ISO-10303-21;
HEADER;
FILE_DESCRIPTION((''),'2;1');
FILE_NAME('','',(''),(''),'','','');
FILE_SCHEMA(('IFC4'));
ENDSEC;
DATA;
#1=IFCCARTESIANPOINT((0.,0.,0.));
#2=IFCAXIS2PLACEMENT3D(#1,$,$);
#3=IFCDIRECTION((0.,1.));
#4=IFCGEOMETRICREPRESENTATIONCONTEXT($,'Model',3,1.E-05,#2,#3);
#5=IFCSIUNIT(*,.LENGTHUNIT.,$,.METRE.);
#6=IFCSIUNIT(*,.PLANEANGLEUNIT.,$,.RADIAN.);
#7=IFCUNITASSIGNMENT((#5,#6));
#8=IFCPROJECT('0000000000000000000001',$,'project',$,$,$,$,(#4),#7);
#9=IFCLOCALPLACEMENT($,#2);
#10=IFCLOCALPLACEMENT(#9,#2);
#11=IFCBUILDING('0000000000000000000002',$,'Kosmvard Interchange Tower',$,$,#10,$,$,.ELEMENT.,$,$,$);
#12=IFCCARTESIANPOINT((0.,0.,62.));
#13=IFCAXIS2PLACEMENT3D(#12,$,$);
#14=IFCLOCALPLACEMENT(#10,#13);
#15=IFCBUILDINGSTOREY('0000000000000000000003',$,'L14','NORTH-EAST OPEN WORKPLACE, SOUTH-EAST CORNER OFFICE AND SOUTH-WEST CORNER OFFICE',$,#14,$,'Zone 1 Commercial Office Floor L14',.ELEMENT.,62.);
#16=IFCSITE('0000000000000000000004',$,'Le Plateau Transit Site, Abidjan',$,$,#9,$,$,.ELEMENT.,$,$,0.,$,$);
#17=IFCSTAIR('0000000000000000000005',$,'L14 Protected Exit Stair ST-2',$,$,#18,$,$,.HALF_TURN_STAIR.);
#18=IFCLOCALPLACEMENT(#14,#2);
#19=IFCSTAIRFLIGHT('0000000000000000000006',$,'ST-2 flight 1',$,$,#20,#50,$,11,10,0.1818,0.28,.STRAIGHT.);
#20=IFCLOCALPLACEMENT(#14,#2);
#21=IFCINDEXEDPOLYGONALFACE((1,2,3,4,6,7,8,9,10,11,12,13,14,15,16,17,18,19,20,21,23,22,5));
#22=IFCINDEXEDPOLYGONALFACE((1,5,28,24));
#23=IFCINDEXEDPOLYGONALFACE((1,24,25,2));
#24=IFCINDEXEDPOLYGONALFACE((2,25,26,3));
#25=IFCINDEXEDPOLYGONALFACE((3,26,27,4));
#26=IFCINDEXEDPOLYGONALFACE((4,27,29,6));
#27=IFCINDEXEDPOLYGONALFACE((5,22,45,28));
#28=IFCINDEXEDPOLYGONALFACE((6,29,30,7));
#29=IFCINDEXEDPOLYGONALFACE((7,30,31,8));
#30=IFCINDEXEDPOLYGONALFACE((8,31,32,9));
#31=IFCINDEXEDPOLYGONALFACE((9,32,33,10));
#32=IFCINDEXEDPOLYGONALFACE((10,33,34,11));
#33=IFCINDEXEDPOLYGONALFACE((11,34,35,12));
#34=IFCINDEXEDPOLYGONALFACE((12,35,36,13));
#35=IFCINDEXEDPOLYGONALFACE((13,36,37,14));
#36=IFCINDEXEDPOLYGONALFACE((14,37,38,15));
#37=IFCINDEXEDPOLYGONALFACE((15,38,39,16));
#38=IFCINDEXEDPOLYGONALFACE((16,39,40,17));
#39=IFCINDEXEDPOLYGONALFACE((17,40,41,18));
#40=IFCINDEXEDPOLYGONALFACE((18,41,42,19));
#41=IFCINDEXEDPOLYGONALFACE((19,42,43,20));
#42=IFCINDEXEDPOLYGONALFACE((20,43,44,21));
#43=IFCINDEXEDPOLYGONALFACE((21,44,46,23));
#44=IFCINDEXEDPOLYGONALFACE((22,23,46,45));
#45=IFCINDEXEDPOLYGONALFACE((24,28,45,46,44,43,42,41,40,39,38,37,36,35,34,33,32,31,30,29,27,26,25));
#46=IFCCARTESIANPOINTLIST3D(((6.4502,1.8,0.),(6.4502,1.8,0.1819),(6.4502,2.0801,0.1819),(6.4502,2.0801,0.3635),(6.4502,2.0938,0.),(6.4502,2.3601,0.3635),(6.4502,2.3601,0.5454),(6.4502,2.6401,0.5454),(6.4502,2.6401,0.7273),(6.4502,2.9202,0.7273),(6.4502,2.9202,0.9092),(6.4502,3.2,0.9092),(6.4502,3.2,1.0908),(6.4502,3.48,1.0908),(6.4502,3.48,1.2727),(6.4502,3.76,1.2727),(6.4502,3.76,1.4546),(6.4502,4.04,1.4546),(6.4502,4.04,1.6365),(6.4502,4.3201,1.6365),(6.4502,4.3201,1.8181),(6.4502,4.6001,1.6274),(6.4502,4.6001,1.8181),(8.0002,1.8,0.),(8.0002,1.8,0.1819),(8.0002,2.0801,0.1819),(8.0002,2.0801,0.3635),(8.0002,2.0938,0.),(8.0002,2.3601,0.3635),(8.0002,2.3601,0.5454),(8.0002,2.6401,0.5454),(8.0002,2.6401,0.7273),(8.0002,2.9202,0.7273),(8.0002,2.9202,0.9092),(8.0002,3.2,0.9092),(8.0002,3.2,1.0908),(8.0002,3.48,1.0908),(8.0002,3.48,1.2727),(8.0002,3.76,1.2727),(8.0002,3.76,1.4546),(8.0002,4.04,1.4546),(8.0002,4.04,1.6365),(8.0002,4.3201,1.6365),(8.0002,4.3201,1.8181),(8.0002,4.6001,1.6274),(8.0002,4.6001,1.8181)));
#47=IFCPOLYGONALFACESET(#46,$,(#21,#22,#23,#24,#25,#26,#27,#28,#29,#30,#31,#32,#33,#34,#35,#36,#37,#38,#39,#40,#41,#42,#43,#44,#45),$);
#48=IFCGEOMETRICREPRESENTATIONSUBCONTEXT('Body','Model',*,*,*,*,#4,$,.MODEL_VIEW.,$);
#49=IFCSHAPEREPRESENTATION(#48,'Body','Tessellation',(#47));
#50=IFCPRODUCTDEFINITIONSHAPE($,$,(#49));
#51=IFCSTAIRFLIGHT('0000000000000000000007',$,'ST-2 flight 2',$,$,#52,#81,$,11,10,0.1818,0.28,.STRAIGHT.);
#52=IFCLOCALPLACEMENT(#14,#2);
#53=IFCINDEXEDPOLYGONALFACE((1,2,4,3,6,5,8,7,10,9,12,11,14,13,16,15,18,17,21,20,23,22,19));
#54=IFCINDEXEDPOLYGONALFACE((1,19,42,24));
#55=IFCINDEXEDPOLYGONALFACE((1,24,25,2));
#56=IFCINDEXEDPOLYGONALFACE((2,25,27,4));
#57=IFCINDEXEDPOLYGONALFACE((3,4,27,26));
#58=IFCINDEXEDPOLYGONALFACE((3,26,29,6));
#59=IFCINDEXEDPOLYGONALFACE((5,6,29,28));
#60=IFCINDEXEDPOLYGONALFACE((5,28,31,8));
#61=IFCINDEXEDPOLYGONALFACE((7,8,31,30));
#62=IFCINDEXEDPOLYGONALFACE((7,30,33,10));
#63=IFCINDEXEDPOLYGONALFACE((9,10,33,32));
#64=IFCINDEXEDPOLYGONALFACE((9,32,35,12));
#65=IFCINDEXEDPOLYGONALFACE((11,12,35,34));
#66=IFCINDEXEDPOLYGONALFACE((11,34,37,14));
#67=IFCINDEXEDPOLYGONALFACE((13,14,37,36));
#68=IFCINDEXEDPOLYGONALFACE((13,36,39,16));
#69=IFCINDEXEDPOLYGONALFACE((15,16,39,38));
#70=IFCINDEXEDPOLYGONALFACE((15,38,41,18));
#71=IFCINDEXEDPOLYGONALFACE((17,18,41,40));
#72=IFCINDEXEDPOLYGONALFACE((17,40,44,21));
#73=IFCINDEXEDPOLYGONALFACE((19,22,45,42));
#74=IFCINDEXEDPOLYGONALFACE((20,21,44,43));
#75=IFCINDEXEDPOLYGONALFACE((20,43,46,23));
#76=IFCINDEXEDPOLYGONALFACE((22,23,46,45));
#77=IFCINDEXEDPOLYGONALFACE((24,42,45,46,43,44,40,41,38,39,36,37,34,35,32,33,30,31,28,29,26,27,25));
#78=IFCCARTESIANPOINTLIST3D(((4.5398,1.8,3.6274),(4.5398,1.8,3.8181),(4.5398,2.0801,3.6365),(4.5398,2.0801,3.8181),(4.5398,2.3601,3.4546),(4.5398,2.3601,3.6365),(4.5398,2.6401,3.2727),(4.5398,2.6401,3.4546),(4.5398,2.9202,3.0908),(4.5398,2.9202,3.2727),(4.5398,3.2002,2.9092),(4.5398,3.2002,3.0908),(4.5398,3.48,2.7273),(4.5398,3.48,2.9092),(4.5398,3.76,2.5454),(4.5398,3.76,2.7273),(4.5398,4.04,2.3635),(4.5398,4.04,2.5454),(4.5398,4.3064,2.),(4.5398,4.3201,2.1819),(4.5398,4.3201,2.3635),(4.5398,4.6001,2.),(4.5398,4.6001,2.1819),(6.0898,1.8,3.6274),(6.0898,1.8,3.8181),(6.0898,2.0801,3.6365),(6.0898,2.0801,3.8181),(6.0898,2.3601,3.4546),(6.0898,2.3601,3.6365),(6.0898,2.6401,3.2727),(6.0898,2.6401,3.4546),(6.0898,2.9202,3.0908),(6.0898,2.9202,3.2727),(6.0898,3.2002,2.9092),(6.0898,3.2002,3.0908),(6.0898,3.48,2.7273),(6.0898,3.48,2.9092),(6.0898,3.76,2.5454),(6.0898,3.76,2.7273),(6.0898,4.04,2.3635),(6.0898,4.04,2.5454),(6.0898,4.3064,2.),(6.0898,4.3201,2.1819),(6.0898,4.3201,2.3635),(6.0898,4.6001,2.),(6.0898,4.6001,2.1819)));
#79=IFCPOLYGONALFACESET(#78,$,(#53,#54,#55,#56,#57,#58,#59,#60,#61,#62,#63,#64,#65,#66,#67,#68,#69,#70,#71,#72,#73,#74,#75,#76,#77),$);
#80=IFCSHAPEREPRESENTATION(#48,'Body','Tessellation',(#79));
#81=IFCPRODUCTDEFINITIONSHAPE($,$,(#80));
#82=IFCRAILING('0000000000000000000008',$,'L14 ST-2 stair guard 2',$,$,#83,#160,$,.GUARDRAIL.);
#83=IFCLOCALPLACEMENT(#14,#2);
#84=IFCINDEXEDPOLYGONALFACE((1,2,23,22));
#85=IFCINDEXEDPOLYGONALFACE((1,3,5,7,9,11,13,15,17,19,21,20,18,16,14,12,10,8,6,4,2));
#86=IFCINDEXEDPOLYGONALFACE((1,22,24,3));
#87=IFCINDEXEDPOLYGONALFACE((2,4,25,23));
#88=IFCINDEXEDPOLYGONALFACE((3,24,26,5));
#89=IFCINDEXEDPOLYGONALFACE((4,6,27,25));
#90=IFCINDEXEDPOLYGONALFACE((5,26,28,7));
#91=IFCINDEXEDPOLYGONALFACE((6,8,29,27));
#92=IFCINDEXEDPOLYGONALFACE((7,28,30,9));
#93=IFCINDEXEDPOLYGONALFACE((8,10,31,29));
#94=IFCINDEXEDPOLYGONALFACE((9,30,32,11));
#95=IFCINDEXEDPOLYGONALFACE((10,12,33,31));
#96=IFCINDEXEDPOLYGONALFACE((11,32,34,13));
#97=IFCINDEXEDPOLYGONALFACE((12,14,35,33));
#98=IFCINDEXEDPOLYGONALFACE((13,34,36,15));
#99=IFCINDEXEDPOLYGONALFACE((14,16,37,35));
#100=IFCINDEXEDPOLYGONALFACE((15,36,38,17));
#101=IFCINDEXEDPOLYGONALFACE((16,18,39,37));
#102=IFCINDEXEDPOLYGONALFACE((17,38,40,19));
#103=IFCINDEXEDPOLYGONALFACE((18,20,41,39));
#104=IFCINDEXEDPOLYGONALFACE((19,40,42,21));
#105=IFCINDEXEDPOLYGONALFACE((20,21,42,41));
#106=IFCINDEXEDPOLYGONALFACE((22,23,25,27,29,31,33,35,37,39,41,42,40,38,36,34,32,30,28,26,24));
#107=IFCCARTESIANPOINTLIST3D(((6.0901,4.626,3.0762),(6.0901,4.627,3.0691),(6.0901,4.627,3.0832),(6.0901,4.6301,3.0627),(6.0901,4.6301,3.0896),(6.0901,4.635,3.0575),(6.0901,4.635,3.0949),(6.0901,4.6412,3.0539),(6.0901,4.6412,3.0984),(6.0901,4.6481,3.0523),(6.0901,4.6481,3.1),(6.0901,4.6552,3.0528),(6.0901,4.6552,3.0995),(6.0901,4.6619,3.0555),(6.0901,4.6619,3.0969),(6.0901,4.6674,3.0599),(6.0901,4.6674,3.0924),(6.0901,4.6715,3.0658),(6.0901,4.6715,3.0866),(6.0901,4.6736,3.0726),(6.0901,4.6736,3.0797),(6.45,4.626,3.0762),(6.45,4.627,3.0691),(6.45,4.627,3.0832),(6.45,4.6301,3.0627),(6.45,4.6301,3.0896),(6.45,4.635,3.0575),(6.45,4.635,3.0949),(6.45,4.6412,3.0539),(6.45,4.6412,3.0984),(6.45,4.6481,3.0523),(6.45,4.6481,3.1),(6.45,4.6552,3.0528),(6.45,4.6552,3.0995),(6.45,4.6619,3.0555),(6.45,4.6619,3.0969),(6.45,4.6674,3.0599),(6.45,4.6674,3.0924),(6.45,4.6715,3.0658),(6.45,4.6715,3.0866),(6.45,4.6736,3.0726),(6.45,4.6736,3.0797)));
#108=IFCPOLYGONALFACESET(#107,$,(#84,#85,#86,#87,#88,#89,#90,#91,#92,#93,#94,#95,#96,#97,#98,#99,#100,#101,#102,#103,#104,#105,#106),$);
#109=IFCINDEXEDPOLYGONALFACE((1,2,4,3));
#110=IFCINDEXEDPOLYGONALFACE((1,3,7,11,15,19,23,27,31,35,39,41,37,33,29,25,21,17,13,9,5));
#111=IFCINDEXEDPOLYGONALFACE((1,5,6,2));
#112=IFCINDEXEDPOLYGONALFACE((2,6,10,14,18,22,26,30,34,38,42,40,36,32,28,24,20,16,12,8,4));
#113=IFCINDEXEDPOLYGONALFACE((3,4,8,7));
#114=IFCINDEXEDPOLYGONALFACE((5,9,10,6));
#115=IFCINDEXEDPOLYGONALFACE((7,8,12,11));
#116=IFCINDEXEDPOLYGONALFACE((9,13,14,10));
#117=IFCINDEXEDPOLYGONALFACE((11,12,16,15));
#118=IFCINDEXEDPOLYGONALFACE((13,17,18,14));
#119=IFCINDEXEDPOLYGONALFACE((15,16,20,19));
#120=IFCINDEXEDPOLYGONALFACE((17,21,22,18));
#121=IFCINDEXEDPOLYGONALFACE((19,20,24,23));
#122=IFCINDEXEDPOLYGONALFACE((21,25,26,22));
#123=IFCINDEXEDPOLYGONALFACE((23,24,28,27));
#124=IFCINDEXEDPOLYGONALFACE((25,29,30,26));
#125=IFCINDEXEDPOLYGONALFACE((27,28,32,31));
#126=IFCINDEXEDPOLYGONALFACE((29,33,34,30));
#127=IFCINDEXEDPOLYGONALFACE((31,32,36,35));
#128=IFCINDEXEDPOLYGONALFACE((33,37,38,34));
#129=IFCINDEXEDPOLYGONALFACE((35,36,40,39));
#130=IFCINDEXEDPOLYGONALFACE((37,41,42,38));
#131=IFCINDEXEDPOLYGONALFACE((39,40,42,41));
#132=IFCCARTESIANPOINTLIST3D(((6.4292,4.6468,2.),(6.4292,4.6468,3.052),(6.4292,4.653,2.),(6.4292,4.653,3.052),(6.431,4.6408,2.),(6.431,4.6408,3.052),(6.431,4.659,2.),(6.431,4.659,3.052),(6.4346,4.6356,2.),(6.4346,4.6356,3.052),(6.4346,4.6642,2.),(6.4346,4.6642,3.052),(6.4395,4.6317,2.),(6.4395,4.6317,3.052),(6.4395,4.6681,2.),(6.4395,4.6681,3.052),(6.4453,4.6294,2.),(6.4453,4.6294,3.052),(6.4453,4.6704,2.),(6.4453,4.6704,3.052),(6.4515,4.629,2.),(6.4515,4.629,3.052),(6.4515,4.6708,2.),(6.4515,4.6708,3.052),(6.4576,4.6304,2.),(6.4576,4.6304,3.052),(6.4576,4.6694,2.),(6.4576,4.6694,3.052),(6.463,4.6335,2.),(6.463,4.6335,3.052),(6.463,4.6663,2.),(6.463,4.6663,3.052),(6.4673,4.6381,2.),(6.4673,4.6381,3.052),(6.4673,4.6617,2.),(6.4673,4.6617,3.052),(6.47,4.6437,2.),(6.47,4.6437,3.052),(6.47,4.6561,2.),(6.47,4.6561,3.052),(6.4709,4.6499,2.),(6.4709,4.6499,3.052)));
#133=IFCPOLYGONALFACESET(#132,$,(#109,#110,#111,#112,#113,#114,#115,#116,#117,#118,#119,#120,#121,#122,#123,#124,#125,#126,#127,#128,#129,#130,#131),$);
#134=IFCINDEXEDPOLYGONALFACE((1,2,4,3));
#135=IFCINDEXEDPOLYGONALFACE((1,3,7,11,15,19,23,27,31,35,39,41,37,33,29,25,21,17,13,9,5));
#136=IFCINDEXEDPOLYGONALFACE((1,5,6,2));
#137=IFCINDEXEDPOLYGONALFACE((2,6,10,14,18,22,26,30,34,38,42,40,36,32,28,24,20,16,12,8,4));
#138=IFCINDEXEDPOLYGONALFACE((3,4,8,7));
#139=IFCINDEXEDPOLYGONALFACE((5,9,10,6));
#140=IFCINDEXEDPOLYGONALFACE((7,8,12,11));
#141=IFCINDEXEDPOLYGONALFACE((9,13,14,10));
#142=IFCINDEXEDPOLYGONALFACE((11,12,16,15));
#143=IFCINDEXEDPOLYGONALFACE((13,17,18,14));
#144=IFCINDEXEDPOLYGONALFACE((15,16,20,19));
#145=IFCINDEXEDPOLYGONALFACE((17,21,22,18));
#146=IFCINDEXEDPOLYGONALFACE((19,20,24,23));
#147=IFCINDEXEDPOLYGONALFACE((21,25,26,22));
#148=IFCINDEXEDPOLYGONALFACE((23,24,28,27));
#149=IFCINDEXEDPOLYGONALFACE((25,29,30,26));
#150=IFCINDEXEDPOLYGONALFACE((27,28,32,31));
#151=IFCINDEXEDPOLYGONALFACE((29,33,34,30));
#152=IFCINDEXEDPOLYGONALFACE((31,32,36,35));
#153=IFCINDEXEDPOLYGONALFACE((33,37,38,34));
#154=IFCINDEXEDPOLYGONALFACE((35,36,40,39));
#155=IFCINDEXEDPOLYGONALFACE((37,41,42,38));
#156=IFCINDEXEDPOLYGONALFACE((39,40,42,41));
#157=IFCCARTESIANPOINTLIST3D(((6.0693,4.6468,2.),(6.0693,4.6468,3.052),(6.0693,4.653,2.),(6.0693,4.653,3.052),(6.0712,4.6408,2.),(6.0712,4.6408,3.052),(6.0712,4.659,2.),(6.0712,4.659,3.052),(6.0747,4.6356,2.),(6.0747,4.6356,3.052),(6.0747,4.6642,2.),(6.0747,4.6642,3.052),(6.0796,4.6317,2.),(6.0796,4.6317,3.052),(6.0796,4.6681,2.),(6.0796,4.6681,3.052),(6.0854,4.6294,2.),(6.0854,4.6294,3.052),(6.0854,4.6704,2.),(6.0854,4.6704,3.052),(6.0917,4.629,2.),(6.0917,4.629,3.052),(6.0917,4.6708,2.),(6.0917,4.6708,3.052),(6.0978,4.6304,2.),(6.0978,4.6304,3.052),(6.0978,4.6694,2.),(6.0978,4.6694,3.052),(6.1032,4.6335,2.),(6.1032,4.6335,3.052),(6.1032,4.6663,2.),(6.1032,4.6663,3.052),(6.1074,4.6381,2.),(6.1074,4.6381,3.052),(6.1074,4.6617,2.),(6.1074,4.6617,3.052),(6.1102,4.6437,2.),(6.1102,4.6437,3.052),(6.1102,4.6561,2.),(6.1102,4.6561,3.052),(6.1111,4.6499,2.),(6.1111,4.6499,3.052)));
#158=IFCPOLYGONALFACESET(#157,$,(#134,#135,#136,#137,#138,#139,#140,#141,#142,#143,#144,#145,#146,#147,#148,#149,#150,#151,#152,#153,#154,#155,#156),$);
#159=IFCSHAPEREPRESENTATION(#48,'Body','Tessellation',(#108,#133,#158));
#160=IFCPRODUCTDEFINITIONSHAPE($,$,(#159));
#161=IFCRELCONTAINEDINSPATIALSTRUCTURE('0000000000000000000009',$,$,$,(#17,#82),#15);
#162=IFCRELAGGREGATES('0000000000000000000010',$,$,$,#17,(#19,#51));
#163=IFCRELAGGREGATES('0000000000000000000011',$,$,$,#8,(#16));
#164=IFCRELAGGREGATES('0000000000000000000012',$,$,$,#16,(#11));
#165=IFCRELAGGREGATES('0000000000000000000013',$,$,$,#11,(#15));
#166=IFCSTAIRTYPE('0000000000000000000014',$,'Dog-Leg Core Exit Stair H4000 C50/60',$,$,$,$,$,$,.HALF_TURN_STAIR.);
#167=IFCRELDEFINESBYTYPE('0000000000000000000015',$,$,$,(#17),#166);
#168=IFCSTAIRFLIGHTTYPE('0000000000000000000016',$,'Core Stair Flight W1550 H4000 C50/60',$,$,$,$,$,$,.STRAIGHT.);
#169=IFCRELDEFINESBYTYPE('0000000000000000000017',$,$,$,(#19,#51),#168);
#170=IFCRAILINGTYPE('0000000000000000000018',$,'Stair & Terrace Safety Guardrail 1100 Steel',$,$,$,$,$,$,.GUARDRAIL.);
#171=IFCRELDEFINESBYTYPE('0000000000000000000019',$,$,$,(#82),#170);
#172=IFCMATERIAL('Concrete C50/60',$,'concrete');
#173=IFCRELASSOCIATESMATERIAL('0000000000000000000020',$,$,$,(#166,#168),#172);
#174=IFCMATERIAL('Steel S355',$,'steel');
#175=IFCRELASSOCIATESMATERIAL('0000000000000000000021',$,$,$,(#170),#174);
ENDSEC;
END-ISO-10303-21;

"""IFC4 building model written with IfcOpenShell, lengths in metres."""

from ifc_helpers import new_model, si_unit, direction, frame, origin, origin_2d, place, context, subcontext, project, spatial, polyline, circle, outline, extrude, source, transform, mapped, material, type_object, element, aggregate, save


model = new_model("IFC4")

# Units and contexts
model_context = context("Model", 3, precision=1e-05, world=origin(), true_north=direction((0.0, 1.0)))
body_context = subcontext(model_context, "Body", "Model", "MODEL_VIEW")
ifc_project = project(units=[si_unit("LENGTHUNIT", "METRE"), si_unit("PLANEANGLEUNIT", "RADIAN")], contexts=[model_context])

# Site, building, storey
site_placement = place(None, origin())
site = spatial("IfcSite", under=ifc_project, at=site_placement, Name="Le Plateau Transit Site, Abidjan", CompositionType="ELEMENT", RefElevation=0.0)
building_placement = place(site_placement, origin())
building = spatial("IfcBuilding", under=site, at=building_placement, Name="Kosmvard Interchange Tower", CompositionType="ELEMENT")
storey_placement = place(building_placement, frame((0.0, 0.0, 62.0)))
storey = spatial("IfcBuildingStorey", under=building, at=storey_placement, Name="L14", Description="NORTH-EAST OPEN WORKPLACE, SOUTH-EAST CORNER OFFICE AND SOUTH-WEST CORNER OFFICE", LongName="Zone 1 Commercial Office Floor L14", CompositionType="ELEMENT", Elevation=62.0)

# Shared definitions
ifc_material_1 = material(Name="Steel S355", Category="steel")

# Stair, stair flights
ifc_material_2 = material(Name="Concrete C50/60", Category="concrete")
stair_type = type_object("IfcStairType", Name="Dog-Leg Core Exit Stair H4000 C50/60", PredefinedType="HALF_TURN_STAIR", material=ifc_material_2)
stair_placement = place(storey_placement, origin())
stair = element("IfcStair", 1, at=stair_placement, inside=storey, type_object=stair_type, Name="L14 Protected Exit Stair ST-2", PredefinedType="HALF_TURN_STAIR")
stair_flight_type = type_object("IfcStairFlightType", Name="Core Stair Flight W1550 H4000 C50/60", PredefinedType="STRAIGHT", material=ifc_material_2)
shared_shape_1 = source(origin(), body_context, "Body", "SweptSolid", [
    extrude(outline(polyline([(0.0, 0.0), (0.0, 0.1819), (0.28, 0.1819), (0.28, 0.3635), (0.5601, 0.3635), (0.5601, 0.5454), (0.8401, 0.5454), (0.8401, 0.7273), (1.1201, 0.7273), (1.1201, 0.9092), (1.3999, 0.9092), (1.3999, 1.0908), (1.6799, 1.0908), (1.6799, 1.2727), (1.96, 1.2727), (1.96, 1.4546), (2.24, 1.4546), (2.24, 1.6365), (2.52, 1.6365), (2.52, 1.8181), (2.8, 1.8181), (2.8, 2.0), (2.8, 1.6274), (0.2937, 0.0), (0.0, 0.0)])), frame((0.0, 0.7749, 0.0), z_axis=(0.0, -1.0, 0.0), x_axis=(1.0, 0.0, 0.0)), (0.0, 0.0, 1.0), 1.55),
])
stair_flight_1_placement = place(storey_placement, frame((7.2251, 1.8, 0.0), z_axis=(0.0, 0.0, 1.0), x_axis=(0.0, 1.0, 0.0)))
stair_flight_1 = element("IfcStairFlight", 2, at=stair_flight_1_placement, type_object=stair_flight_type, Name="ST-2 flight 1", NumberOfRisers=11, NumberOfTreads=10, PredefinedType="STRAIGHT", RiserHeight=0.1818, TreadLength=0.28, context=body_context, shape_type="MappedRepresentation", body=[
    mapped(shared_shape_1, transform((0.0, 0.0, 0.0), scale=1.0)),
])
stair_flight_2_placement = place(storey_placement, frame((5.3149, 4.6001, 2.0), z_axis=(0.0, 0.0, 1.0), x_axis=(0.0, -1.0, 0.0)))
stair_flight_2 = element("IfcStairFlight", 3, at=stair_flight_2_placement, type_object=stair_flight_type, Name="ST-2 flight 2", NumberOfRisers=11, NumberOfTreads=10, PredefinedType="STRAIGHT", RiserHeight=0.1818, TreadLength=0.28, context=body_context, shape_type="MappedRepresentation", body=[
    mapped(shared_shape_1, transform((0.0, 0.0, 0.0), scale=1.0)),
])
aggregate(stair, [stair_flight_1, stair_flight_2])

# Railing
railing_type_1 = type_object("IfcRailingType", Name="Stair & Terrace Safety Guardrail 1100 Steel", PredefinedType="GUARDRAIL", material=ifc_material_1)
shared_shape_2 = source(origin(), body_context, "Body", "SweptSolid", [
    extrude(circle(Radius=0.0239, at=origin_2d()), frame((0.0, 0.0, 1.0762), z_axis=(-1.0, 0.0, 0.0), x_axis=(0.0, -1.0, 0.0)), (0.0, 0.0, 1.0), 0.3599),
    extrude(circle(Radius=0.021, at=origin_2d()), origin(), (0.0, 0.0, 1.0), 1.052),
    extrude(circle(Radius=0.021, at=origin_2d()), frame((-0.3599, 0.0, 0.0)), (0.0, 0.0, 1.0), 1.052),
])
for number, where, name in (
    (4, (6.45, 4.6499, 2.0), "L14 ST-2 stair guard 2"),
):
    element("IfcRailing", number, at=place(storey_placement, frame(where)), inside=storey, type_object=railing_type_1, Name=name, PredefinedType="GUARDRAIL", context=body_context, shape_type="MappedRepresentation", body=[
        mapped(shared_shape_2, transform((0.0, 0.0, 0.0), scale=1.0)),
    ])

save(model, "model.ifc")
